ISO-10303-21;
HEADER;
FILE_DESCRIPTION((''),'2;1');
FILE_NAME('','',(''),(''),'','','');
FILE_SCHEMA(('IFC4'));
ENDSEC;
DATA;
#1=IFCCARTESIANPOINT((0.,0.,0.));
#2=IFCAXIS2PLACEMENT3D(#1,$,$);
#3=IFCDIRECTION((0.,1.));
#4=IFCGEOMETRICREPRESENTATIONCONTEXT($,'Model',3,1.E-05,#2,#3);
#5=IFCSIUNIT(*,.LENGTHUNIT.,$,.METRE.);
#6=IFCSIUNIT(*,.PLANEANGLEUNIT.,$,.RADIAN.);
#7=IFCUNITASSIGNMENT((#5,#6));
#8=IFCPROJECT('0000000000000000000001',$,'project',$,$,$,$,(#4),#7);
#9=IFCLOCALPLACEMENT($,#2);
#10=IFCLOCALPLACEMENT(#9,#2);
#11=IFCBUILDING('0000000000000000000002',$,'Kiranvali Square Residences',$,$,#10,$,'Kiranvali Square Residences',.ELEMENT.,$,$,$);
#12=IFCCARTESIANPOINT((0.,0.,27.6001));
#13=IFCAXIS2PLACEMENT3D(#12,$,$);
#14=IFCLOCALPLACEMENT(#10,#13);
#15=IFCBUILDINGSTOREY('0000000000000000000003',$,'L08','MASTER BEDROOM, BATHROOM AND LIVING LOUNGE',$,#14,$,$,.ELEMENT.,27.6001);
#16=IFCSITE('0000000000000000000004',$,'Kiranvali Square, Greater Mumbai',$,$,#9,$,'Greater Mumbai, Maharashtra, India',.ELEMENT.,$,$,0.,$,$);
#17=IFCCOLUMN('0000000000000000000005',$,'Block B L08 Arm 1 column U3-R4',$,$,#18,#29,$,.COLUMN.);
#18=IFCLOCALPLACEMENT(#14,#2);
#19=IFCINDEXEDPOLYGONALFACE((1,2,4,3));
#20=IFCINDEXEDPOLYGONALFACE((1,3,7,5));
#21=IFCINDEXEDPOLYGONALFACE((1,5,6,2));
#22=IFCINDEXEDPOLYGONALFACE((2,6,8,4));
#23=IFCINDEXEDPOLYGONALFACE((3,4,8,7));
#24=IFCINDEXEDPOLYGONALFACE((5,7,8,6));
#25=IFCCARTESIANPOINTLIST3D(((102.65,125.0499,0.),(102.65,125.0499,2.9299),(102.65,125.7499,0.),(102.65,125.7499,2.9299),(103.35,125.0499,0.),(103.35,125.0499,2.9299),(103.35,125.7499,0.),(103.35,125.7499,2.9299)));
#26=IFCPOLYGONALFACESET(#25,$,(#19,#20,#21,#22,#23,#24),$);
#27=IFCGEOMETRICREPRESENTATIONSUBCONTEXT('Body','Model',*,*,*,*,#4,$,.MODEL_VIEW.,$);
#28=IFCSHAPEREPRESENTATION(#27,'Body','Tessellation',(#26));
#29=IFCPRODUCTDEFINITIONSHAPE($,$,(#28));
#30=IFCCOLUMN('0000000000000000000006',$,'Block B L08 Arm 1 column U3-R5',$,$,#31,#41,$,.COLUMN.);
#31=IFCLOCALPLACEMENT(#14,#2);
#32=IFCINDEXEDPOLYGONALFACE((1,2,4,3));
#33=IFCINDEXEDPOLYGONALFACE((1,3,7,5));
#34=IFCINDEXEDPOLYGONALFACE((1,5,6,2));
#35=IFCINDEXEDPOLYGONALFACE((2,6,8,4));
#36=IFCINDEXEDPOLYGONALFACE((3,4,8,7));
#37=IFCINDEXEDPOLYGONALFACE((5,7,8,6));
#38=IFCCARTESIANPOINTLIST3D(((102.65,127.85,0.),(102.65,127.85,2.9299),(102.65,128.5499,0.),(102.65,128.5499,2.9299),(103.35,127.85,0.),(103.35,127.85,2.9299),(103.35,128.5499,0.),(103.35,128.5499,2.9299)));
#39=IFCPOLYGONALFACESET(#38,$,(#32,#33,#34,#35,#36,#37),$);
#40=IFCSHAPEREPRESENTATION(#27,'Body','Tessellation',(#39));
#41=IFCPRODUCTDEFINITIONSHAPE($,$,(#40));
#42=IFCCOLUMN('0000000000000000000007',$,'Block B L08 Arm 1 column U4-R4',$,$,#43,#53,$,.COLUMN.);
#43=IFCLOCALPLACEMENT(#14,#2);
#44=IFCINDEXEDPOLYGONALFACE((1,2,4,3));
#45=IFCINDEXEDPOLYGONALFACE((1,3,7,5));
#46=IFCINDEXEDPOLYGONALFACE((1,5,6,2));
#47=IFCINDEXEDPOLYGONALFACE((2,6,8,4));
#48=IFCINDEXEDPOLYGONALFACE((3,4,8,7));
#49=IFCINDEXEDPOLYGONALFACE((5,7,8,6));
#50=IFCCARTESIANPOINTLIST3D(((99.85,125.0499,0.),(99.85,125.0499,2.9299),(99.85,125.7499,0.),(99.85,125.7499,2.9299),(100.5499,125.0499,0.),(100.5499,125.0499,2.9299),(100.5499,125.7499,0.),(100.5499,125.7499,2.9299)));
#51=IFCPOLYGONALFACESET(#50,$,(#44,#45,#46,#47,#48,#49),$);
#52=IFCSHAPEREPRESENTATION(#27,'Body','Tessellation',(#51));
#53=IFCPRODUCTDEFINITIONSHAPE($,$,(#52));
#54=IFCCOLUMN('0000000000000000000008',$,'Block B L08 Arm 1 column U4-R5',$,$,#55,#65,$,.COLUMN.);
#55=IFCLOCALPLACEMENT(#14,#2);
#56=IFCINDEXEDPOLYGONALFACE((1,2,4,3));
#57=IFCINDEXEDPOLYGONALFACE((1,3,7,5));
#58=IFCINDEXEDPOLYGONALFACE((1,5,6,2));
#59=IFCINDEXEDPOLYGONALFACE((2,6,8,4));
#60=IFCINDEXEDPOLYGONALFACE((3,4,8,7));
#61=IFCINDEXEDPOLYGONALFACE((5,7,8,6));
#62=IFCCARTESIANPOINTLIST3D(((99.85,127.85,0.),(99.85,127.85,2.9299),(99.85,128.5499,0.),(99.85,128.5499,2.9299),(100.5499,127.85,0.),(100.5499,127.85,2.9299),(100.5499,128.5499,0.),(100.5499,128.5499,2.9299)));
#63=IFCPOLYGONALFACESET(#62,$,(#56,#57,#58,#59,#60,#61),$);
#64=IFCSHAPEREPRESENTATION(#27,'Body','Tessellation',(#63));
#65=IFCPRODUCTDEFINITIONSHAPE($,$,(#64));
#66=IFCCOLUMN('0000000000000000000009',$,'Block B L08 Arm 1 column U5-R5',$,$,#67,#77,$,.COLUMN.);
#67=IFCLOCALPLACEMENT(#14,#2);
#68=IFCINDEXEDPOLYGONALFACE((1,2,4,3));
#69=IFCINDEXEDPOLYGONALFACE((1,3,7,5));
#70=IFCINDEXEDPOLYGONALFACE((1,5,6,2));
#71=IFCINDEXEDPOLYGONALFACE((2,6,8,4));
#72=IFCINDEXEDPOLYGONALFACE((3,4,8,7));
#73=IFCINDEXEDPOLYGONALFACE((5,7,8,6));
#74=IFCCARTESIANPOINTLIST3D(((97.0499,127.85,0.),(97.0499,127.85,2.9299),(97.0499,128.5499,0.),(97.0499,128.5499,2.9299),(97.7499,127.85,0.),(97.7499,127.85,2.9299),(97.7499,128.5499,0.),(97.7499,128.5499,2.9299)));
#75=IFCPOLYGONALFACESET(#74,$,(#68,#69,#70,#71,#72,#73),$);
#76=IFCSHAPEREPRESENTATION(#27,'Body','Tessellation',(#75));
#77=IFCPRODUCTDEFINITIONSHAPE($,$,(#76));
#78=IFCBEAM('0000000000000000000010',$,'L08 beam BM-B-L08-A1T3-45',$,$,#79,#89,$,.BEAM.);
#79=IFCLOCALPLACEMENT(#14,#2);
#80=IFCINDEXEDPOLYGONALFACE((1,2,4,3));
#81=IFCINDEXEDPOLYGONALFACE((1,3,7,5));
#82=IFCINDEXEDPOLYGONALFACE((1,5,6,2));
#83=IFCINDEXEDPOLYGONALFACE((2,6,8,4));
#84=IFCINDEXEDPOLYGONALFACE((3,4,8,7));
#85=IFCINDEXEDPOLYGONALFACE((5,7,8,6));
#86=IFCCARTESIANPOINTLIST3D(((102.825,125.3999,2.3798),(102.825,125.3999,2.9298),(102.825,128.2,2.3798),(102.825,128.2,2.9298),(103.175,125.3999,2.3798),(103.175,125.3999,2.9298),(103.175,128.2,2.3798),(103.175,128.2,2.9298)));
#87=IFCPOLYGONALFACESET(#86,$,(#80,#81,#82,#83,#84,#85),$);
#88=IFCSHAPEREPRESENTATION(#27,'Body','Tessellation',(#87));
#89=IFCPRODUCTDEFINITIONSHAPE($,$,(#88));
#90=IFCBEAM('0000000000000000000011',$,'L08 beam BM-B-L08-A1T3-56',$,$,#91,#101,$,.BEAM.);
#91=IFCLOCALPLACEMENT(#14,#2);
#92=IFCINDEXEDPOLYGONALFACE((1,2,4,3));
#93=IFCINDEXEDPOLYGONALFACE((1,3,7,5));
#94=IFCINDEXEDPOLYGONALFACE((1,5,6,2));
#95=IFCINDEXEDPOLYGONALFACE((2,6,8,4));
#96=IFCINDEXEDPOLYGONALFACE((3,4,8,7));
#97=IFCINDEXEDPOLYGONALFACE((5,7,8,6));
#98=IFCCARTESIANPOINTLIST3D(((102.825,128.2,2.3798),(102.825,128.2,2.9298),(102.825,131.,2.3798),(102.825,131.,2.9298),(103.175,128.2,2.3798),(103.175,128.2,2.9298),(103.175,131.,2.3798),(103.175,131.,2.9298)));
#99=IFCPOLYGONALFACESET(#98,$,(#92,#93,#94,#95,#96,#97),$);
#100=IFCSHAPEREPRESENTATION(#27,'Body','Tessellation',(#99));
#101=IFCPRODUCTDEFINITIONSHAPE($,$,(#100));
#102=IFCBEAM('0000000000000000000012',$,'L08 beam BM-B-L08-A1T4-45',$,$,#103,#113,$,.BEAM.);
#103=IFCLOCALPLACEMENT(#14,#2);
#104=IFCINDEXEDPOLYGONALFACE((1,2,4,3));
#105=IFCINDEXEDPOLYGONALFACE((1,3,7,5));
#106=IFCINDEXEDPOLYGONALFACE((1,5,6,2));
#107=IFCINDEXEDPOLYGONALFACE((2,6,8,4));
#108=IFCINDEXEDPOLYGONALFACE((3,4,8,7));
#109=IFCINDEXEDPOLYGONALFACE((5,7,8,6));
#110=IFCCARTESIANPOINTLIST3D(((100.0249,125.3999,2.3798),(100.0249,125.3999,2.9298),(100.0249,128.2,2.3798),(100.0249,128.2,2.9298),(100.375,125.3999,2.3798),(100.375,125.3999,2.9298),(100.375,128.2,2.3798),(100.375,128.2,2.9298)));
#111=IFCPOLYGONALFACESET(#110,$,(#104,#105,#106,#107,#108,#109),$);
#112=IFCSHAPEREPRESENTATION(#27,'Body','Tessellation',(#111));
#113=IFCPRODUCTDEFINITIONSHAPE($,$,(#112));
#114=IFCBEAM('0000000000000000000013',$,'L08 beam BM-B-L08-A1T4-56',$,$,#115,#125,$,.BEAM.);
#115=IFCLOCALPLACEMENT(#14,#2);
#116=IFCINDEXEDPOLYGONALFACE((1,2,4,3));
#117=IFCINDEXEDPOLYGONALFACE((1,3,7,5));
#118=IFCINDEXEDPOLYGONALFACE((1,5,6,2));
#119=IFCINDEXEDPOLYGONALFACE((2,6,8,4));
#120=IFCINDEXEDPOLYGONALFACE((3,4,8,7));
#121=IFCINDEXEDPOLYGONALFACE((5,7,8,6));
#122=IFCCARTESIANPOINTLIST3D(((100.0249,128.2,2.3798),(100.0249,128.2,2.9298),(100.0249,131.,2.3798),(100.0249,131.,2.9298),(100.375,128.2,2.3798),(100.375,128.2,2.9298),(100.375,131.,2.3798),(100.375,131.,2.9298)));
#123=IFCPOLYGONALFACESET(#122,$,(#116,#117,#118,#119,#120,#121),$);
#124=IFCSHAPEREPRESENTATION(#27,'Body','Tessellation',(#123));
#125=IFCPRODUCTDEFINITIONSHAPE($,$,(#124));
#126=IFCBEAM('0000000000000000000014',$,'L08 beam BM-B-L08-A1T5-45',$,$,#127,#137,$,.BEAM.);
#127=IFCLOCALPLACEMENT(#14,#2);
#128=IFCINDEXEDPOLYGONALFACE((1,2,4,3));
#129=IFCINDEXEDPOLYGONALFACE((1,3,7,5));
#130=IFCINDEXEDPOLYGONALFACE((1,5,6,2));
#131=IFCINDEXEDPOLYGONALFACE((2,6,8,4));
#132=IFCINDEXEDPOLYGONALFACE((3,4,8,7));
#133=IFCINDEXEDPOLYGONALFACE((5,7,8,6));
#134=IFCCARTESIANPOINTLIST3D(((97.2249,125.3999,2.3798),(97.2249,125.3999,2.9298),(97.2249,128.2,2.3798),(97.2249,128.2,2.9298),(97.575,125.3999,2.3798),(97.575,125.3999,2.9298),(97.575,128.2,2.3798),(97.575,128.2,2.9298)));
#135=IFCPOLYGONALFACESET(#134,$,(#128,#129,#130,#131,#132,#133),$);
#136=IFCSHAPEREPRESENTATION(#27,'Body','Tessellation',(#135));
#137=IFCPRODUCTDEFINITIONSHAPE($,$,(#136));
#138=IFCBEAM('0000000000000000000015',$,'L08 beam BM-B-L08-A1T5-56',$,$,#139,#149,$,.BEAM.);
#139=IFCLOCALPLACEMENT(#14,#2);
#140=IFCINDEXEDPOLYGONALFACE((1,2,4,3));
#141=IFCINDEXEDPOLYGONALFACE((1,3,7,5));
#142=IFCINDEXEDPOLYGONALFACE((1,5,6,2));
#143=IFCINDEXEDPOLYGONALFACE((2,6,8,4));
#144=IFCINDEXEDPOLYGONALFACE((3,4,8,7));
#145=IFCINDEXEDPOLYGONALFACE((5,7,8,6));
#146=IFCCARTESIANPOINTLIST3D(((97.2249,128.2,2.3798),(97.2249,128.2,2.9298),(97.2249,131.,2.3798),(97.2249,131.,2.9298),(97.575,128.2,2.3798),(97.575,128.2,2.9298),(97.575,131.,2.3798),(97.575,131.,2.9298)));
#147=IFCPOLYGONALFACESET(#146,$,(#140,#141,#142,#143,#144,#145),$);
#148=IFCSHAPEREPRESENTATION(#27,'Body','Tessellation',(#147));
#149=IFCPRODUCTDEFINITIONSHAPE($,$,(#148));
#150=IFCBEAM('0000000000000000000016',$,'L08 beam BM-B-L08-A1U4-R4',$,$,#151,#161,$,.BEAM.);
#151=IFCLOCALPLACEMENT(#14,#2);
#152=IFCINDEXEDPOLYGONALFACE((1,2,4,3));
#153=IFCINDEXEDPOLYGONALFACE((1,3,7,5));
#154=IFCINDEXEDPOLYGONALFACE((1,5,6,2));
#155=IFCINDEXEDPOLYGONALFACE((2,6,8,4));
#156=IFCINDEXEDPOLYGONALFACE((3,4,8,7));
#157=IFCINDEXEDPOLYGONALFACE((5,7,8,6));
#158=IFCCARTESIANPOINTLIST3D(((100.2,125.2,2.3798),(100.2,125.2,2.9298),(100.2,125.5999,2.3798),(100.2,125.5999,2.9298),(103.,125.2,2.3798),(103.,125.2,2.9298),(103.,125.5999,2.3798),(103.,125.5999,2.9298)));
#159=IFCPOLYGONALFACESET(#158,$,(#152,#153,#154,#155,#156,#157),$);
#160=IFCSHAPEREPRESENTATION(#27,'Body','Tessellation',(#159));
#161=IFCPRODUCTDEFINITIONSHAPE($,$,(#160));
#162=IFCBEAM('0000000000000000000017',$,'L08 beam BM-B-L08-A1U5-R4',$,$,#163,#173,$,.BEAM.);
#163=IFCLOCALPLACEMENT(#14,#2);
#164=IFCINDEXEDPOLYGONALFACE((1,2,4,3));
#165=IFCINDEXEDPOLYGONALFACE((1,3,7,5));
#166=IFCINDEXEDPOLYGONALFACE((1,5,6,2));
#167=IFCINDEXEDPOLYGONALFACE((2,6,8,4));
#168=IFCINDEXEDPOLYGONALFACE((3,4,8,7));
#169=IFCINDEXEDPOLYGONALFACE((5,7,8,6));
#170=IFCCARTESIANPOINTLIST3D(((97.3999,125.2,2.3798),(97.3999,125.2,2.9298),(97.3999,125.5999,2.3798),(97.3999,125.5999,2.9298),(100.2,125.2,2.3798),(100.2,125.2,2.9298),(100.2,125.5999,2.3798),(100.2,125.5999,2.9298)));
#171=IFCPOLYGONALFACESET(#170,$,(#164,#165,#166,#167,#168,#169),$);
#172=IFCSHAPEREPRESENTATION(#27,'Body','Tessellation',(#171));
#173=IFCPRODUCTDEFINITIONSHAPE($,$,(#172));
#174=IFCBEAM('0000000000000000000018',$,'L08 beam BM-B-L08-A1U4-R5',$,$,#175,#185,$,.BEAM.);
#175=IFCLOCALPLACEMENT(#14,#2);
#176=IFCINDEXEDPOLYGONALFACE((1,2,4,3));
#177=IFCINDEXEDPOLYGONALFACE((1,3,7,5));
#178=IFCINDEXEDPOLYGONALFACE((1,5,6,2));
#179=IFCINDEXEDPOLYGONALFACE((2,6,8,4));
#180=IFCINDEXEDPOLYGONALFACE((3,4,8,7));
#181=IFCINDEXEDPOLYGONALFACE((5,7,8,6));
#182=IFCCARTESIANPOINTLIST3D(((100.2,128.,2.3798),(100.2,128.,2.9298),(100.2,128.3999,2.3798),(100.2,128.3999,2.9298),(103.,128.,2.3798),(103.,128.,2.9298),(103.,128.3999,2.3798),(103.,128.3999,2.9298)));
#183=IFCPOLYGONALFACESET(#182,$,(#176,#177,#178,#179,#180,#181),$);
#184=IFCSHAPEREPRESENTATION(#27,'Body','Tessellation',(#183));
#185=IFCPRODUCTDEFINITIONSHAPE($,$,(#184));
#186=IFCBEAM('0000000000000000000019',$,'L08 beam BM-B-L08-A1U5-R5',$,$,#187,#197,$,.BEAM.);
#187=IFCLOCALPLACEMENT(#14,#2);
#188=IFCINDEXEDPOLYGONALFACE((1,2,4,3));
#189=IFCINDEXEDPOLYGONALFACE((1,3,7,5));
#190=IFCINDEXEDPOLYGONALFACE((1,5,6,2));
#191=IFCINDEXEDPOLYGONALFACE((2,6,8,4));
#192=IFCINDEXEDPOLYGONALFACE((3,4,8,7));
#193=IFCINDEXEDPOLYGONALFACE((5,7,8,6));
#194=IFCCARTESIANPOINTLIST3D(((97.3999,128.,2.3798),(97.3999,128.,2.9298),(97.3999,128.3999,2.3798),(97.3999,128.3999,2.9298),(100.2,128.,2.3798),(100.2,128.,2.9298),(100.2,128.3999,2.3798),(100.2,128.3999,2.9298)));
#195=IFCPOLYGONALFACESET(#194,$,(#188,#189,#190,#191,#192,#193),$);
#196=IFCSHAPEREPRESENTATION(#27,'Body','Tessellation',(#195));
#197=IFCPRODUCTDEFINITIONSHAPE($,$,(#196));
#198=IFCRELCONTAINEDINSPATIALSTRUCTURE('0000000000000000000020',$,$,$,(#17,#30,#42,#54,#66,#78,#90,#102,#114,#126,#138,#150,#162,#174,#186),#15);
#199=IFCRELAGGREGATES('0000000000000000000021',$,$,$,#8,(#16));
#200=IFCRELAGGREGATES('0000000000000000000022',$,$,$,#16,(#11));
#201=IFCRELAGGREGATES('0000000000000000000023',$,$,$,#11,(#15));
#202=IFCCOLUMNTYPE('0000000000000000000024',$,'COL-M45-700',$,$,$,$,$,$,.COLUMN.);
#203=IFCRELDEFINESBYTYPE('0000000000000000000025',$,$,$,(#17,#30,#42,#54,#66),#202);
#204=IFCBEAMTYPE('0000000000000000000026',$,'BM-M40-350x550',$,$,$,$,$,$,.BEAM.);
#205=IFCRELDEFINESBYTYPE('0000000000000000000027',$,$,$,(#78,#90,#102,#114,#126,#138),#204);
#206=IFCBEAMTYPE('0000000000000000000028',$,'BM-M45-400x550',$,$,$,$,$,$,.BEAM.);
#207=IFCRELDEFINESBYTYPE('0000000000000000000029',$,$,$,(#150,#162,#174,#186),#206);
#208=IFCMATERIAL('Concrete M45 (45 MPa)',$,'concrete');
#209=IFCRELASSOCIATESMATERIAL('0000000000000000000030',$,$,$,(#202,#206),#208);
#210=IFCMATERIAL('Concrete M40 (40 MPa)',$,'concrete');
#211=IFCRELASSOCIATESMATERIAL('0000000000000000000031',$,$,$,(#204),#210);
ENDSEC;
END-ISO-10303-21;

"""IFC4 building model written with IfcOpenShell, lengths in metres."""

from ifc_helpers import new_model, si_unit, direction, frame, origin, origin_2d, place, context, subcontext, project, spatial, rectangle, extrude, material, material_profile, profile_set, type_object, element, save


model = new_model("IFC4")

# Units and contexts
model_context = context("Model", 3, precision=1e-05, world=origin(), true_north=direction((0.0, 1.0)))
body_context = subcontext(model_context, "Body", "Model", "MODEL_VIEW")
ifc_project = project(units=[si_unit("LENGTHUNIT", "METRE"), si_unit("PLANEANGLEUNIT", "RADIAN")], contexts=[model_context])

# Site, building, storey
site_placement = place(None, origin())
site = spatial("IfcSite", under=ifc_project, at=site_placement, Name="Kiranvali Square, Greater Mumbai", LongName="Greater Mumbai, Maharashtra, India", CompositionType="ELEMENT", RefElevation=0.0)
building_placement = place(site_placement, origin())
building = spatial("IfcBuilding", under=site, at=building_placement, Name="Kiranvali Square Residences", LongName="Kiranvali Square Residences", CompositionType="ELEMENT")
storey_placement = place(building_placement, frame((0.0, 0.0, 27.6001)))
storey = spatial("IfcBuildingStorey", under=building, at=storey_placement, Name="L08", Description="MASTER BEDROOM, BATHROOM AND LIVING LOUNGE", CompositionType="ELEMENT", Elevation=27.6001)

# Columns
ifc_material_1 = material(Name="Concrete M45 (45 MPa)", Category="concrete")
ifc_material_profile_1 = material_profile(ifc_material_1, rectangle(XDim=0.7, YDim=0.7, at=origin_2d()), Name="RC 700x700")
ifc_profile_set_1 = profile_set([ifc_material_profile_1], Name="Concrete M45 (45 MPa)")
column_type = type_object("IfcColumnType", Name="COL-M45-700", PredefinedType="COLUMN", material=ifc_profile_set_1)
for number, where, z_axis, x_axis, name in (
    (1, (103.0, 125.3999, 0.0), (0.0, 0.0, 1.0), (1.0, 0.0, 0.0), "Block B L08 Arm 1 column U3-R4"),
    (2, (103.0, 128.2, 0.0), (0.0, 0.0, 1.0), (1.0, 0.0, 0.0), "Block B L08 Arm 1 column U3-R5"),
    (3, (100.2, 125.3999, 0.0), (0.0, 0.0, 1.0), (1.0, 0.0, 0.0), "Block B L08 Arm 1 column U4-R4"),
    (4, (100.2, 128.2, 0.0), (0.0, 0.0, 1.0), (1.0, 0.0, 0.0), "Block B L08 Arm 1 column U4-R5"),
    (5, (97.3999, 128.2, 0.0), (0.0, 0.0, 1.0), (1.0, 0.0, 0.0), "Block B L08 Arm 1 column U5-R5"),
):
    element("IfcColumn", number, at=place(storey_placement, frame(where, z_axis=z_axis, x_axis=x_axis)), inside=storey, type_object=column_type, Name=name, PredefinedType="COLUMN", context=body_context, shape_type="SweptSolid", body=[
        extrude(rectangle(XDim=0.7, YDim=0.7, at=origin_2d()), origin(), (0.0, 0.0, 1.0), 2.9299),
    ])

# Beams
ifc_material_2 = material(Name="Concrete M40 (40 MPa)", Category="concrete")
ifc_material_profile_2 = material_profile(ifc_material_2, rectangle(XDim=0.3501, YDim=0.55, at=origin_2d()), Name="RC 350x550")
ifc_profile_set_2 = profile_set([ifc_material_profile_2], Name="Concrete M40 (40 MPa)")
beam_type_1 = type_object("IfcBeamType", Name="BM-M40-350x550", PredefinedType="BEAM", material=ifc_profile_set_2)
for number, where, z_axis, x_axis, name in (
    (6, (103.0, 125.3999, 2.6548), (0.0, 1.0, 0.0), (-1.0, 0.0, 0.0), "L08 beam BM-B-L08-A1T3-45"),
    (7, (103.0, 128.2, 2.6548), (0.0, 1.0, 0.0), (-1.0, 0.0, 0.0), "L08 beam BM-B-L08-A1T3-56"),
    (8, (100.2, 125.3999, 2.6548), (0.0, 1.0, 0.0), (-1.0, 0.0, 0.0), "L08 beam BM-B-L08-A1T4-45"),
    (9, (100.2, 128.2, 2.6548), (0.0, 1.0, 0.0), (-1.0, 0.0, 0.0), "L08 beam BM-B-L08-A1T4-56"),
    (10, (97.3999, 125.3999, 2.6548), (0.0, 1.0, 0.0), (-1.0, 0.0, 0.0), "L08 beam BM-B-L08-A1T5-45"),
    (11, (97.3999, 128.2, 2.6548), (0.0, 1.0, 0.0), (-1.0, 0.0, 0.0), "L08 beam BM-B-L08-A1T5-56"),
):
    element("IfcBeam", number, at=place(storey_placement, frame(where, z_axis=z_axis, x_axis=x_axis)), inside=storey, type_object=beam_type_1, Name=name, PredefinedType="BEAM", context=body_context, shape_type="SweptSolid", body=[
        extrude(rectangle(XDim=0.3501, YDim=0.55, at=origin_2d()), origin(), (0.0, 0.0, 1.0), 2.8),
    ])
ifc_material_profile_3 = material_profile(ifc_material_1, rectangle(XDim=0.3999, YDim=0.55, at=origin_2d()), Name="RC 400x550")
ifc_profile_set_3 = profile_set([ifc_material_profile_3], Name="Concrete M45 (45 MPa)")
beam_type_2 = type_object("IfcBeamType", Name="BM-M45-400x550", PredefinedType="BEAM", material=ifc_profile_set_3)
for number, where, z_axis, x_axis, name in (
    (12, (103.0, 125.3999, 2.6548), (-1.0, 0.0, 0.0), (0.0, -1.0, 0.0), "L08 beam BM-B-L08-A1U4-R4"),
    (13, (100.2, 125.3999, 2.6548), (-1.0, 0.0, 0.0), (0.0, -1.0, 0.0), "L08 beam BM-B-L08-A1U5-R4"),
    (14, (103.0, 128.2, 2.6548), (-1.0, 0.0, 0.0), (0.0, -1.0, 0.0), "L08 beam BM-B-L08-A1U4-R5"),
    (15, (100.2, 128.2, 2.6548), (-1.0, 0.0, 0.0), (0.0, -1.0, 0.0), "L08 beam BM-B-L08-A1U5-R5"),
):
    element("IfcBeam", number, at=place(storey_placement, frame(where, z_axis=z_axis, x_axis=x_axis)), inside=storey, type_object=beam_type_2, Name=name, PredefinedType="BEAM", context=body_context, shape_type="SweptSolid", body=[
        extrude(rectangle(XDim=0.3999, YDim=0.55, at=origin_2d()), origin(), (0.0, 0.0, 1.0), 2.8),
    ])

save(model, "model.ifc")
